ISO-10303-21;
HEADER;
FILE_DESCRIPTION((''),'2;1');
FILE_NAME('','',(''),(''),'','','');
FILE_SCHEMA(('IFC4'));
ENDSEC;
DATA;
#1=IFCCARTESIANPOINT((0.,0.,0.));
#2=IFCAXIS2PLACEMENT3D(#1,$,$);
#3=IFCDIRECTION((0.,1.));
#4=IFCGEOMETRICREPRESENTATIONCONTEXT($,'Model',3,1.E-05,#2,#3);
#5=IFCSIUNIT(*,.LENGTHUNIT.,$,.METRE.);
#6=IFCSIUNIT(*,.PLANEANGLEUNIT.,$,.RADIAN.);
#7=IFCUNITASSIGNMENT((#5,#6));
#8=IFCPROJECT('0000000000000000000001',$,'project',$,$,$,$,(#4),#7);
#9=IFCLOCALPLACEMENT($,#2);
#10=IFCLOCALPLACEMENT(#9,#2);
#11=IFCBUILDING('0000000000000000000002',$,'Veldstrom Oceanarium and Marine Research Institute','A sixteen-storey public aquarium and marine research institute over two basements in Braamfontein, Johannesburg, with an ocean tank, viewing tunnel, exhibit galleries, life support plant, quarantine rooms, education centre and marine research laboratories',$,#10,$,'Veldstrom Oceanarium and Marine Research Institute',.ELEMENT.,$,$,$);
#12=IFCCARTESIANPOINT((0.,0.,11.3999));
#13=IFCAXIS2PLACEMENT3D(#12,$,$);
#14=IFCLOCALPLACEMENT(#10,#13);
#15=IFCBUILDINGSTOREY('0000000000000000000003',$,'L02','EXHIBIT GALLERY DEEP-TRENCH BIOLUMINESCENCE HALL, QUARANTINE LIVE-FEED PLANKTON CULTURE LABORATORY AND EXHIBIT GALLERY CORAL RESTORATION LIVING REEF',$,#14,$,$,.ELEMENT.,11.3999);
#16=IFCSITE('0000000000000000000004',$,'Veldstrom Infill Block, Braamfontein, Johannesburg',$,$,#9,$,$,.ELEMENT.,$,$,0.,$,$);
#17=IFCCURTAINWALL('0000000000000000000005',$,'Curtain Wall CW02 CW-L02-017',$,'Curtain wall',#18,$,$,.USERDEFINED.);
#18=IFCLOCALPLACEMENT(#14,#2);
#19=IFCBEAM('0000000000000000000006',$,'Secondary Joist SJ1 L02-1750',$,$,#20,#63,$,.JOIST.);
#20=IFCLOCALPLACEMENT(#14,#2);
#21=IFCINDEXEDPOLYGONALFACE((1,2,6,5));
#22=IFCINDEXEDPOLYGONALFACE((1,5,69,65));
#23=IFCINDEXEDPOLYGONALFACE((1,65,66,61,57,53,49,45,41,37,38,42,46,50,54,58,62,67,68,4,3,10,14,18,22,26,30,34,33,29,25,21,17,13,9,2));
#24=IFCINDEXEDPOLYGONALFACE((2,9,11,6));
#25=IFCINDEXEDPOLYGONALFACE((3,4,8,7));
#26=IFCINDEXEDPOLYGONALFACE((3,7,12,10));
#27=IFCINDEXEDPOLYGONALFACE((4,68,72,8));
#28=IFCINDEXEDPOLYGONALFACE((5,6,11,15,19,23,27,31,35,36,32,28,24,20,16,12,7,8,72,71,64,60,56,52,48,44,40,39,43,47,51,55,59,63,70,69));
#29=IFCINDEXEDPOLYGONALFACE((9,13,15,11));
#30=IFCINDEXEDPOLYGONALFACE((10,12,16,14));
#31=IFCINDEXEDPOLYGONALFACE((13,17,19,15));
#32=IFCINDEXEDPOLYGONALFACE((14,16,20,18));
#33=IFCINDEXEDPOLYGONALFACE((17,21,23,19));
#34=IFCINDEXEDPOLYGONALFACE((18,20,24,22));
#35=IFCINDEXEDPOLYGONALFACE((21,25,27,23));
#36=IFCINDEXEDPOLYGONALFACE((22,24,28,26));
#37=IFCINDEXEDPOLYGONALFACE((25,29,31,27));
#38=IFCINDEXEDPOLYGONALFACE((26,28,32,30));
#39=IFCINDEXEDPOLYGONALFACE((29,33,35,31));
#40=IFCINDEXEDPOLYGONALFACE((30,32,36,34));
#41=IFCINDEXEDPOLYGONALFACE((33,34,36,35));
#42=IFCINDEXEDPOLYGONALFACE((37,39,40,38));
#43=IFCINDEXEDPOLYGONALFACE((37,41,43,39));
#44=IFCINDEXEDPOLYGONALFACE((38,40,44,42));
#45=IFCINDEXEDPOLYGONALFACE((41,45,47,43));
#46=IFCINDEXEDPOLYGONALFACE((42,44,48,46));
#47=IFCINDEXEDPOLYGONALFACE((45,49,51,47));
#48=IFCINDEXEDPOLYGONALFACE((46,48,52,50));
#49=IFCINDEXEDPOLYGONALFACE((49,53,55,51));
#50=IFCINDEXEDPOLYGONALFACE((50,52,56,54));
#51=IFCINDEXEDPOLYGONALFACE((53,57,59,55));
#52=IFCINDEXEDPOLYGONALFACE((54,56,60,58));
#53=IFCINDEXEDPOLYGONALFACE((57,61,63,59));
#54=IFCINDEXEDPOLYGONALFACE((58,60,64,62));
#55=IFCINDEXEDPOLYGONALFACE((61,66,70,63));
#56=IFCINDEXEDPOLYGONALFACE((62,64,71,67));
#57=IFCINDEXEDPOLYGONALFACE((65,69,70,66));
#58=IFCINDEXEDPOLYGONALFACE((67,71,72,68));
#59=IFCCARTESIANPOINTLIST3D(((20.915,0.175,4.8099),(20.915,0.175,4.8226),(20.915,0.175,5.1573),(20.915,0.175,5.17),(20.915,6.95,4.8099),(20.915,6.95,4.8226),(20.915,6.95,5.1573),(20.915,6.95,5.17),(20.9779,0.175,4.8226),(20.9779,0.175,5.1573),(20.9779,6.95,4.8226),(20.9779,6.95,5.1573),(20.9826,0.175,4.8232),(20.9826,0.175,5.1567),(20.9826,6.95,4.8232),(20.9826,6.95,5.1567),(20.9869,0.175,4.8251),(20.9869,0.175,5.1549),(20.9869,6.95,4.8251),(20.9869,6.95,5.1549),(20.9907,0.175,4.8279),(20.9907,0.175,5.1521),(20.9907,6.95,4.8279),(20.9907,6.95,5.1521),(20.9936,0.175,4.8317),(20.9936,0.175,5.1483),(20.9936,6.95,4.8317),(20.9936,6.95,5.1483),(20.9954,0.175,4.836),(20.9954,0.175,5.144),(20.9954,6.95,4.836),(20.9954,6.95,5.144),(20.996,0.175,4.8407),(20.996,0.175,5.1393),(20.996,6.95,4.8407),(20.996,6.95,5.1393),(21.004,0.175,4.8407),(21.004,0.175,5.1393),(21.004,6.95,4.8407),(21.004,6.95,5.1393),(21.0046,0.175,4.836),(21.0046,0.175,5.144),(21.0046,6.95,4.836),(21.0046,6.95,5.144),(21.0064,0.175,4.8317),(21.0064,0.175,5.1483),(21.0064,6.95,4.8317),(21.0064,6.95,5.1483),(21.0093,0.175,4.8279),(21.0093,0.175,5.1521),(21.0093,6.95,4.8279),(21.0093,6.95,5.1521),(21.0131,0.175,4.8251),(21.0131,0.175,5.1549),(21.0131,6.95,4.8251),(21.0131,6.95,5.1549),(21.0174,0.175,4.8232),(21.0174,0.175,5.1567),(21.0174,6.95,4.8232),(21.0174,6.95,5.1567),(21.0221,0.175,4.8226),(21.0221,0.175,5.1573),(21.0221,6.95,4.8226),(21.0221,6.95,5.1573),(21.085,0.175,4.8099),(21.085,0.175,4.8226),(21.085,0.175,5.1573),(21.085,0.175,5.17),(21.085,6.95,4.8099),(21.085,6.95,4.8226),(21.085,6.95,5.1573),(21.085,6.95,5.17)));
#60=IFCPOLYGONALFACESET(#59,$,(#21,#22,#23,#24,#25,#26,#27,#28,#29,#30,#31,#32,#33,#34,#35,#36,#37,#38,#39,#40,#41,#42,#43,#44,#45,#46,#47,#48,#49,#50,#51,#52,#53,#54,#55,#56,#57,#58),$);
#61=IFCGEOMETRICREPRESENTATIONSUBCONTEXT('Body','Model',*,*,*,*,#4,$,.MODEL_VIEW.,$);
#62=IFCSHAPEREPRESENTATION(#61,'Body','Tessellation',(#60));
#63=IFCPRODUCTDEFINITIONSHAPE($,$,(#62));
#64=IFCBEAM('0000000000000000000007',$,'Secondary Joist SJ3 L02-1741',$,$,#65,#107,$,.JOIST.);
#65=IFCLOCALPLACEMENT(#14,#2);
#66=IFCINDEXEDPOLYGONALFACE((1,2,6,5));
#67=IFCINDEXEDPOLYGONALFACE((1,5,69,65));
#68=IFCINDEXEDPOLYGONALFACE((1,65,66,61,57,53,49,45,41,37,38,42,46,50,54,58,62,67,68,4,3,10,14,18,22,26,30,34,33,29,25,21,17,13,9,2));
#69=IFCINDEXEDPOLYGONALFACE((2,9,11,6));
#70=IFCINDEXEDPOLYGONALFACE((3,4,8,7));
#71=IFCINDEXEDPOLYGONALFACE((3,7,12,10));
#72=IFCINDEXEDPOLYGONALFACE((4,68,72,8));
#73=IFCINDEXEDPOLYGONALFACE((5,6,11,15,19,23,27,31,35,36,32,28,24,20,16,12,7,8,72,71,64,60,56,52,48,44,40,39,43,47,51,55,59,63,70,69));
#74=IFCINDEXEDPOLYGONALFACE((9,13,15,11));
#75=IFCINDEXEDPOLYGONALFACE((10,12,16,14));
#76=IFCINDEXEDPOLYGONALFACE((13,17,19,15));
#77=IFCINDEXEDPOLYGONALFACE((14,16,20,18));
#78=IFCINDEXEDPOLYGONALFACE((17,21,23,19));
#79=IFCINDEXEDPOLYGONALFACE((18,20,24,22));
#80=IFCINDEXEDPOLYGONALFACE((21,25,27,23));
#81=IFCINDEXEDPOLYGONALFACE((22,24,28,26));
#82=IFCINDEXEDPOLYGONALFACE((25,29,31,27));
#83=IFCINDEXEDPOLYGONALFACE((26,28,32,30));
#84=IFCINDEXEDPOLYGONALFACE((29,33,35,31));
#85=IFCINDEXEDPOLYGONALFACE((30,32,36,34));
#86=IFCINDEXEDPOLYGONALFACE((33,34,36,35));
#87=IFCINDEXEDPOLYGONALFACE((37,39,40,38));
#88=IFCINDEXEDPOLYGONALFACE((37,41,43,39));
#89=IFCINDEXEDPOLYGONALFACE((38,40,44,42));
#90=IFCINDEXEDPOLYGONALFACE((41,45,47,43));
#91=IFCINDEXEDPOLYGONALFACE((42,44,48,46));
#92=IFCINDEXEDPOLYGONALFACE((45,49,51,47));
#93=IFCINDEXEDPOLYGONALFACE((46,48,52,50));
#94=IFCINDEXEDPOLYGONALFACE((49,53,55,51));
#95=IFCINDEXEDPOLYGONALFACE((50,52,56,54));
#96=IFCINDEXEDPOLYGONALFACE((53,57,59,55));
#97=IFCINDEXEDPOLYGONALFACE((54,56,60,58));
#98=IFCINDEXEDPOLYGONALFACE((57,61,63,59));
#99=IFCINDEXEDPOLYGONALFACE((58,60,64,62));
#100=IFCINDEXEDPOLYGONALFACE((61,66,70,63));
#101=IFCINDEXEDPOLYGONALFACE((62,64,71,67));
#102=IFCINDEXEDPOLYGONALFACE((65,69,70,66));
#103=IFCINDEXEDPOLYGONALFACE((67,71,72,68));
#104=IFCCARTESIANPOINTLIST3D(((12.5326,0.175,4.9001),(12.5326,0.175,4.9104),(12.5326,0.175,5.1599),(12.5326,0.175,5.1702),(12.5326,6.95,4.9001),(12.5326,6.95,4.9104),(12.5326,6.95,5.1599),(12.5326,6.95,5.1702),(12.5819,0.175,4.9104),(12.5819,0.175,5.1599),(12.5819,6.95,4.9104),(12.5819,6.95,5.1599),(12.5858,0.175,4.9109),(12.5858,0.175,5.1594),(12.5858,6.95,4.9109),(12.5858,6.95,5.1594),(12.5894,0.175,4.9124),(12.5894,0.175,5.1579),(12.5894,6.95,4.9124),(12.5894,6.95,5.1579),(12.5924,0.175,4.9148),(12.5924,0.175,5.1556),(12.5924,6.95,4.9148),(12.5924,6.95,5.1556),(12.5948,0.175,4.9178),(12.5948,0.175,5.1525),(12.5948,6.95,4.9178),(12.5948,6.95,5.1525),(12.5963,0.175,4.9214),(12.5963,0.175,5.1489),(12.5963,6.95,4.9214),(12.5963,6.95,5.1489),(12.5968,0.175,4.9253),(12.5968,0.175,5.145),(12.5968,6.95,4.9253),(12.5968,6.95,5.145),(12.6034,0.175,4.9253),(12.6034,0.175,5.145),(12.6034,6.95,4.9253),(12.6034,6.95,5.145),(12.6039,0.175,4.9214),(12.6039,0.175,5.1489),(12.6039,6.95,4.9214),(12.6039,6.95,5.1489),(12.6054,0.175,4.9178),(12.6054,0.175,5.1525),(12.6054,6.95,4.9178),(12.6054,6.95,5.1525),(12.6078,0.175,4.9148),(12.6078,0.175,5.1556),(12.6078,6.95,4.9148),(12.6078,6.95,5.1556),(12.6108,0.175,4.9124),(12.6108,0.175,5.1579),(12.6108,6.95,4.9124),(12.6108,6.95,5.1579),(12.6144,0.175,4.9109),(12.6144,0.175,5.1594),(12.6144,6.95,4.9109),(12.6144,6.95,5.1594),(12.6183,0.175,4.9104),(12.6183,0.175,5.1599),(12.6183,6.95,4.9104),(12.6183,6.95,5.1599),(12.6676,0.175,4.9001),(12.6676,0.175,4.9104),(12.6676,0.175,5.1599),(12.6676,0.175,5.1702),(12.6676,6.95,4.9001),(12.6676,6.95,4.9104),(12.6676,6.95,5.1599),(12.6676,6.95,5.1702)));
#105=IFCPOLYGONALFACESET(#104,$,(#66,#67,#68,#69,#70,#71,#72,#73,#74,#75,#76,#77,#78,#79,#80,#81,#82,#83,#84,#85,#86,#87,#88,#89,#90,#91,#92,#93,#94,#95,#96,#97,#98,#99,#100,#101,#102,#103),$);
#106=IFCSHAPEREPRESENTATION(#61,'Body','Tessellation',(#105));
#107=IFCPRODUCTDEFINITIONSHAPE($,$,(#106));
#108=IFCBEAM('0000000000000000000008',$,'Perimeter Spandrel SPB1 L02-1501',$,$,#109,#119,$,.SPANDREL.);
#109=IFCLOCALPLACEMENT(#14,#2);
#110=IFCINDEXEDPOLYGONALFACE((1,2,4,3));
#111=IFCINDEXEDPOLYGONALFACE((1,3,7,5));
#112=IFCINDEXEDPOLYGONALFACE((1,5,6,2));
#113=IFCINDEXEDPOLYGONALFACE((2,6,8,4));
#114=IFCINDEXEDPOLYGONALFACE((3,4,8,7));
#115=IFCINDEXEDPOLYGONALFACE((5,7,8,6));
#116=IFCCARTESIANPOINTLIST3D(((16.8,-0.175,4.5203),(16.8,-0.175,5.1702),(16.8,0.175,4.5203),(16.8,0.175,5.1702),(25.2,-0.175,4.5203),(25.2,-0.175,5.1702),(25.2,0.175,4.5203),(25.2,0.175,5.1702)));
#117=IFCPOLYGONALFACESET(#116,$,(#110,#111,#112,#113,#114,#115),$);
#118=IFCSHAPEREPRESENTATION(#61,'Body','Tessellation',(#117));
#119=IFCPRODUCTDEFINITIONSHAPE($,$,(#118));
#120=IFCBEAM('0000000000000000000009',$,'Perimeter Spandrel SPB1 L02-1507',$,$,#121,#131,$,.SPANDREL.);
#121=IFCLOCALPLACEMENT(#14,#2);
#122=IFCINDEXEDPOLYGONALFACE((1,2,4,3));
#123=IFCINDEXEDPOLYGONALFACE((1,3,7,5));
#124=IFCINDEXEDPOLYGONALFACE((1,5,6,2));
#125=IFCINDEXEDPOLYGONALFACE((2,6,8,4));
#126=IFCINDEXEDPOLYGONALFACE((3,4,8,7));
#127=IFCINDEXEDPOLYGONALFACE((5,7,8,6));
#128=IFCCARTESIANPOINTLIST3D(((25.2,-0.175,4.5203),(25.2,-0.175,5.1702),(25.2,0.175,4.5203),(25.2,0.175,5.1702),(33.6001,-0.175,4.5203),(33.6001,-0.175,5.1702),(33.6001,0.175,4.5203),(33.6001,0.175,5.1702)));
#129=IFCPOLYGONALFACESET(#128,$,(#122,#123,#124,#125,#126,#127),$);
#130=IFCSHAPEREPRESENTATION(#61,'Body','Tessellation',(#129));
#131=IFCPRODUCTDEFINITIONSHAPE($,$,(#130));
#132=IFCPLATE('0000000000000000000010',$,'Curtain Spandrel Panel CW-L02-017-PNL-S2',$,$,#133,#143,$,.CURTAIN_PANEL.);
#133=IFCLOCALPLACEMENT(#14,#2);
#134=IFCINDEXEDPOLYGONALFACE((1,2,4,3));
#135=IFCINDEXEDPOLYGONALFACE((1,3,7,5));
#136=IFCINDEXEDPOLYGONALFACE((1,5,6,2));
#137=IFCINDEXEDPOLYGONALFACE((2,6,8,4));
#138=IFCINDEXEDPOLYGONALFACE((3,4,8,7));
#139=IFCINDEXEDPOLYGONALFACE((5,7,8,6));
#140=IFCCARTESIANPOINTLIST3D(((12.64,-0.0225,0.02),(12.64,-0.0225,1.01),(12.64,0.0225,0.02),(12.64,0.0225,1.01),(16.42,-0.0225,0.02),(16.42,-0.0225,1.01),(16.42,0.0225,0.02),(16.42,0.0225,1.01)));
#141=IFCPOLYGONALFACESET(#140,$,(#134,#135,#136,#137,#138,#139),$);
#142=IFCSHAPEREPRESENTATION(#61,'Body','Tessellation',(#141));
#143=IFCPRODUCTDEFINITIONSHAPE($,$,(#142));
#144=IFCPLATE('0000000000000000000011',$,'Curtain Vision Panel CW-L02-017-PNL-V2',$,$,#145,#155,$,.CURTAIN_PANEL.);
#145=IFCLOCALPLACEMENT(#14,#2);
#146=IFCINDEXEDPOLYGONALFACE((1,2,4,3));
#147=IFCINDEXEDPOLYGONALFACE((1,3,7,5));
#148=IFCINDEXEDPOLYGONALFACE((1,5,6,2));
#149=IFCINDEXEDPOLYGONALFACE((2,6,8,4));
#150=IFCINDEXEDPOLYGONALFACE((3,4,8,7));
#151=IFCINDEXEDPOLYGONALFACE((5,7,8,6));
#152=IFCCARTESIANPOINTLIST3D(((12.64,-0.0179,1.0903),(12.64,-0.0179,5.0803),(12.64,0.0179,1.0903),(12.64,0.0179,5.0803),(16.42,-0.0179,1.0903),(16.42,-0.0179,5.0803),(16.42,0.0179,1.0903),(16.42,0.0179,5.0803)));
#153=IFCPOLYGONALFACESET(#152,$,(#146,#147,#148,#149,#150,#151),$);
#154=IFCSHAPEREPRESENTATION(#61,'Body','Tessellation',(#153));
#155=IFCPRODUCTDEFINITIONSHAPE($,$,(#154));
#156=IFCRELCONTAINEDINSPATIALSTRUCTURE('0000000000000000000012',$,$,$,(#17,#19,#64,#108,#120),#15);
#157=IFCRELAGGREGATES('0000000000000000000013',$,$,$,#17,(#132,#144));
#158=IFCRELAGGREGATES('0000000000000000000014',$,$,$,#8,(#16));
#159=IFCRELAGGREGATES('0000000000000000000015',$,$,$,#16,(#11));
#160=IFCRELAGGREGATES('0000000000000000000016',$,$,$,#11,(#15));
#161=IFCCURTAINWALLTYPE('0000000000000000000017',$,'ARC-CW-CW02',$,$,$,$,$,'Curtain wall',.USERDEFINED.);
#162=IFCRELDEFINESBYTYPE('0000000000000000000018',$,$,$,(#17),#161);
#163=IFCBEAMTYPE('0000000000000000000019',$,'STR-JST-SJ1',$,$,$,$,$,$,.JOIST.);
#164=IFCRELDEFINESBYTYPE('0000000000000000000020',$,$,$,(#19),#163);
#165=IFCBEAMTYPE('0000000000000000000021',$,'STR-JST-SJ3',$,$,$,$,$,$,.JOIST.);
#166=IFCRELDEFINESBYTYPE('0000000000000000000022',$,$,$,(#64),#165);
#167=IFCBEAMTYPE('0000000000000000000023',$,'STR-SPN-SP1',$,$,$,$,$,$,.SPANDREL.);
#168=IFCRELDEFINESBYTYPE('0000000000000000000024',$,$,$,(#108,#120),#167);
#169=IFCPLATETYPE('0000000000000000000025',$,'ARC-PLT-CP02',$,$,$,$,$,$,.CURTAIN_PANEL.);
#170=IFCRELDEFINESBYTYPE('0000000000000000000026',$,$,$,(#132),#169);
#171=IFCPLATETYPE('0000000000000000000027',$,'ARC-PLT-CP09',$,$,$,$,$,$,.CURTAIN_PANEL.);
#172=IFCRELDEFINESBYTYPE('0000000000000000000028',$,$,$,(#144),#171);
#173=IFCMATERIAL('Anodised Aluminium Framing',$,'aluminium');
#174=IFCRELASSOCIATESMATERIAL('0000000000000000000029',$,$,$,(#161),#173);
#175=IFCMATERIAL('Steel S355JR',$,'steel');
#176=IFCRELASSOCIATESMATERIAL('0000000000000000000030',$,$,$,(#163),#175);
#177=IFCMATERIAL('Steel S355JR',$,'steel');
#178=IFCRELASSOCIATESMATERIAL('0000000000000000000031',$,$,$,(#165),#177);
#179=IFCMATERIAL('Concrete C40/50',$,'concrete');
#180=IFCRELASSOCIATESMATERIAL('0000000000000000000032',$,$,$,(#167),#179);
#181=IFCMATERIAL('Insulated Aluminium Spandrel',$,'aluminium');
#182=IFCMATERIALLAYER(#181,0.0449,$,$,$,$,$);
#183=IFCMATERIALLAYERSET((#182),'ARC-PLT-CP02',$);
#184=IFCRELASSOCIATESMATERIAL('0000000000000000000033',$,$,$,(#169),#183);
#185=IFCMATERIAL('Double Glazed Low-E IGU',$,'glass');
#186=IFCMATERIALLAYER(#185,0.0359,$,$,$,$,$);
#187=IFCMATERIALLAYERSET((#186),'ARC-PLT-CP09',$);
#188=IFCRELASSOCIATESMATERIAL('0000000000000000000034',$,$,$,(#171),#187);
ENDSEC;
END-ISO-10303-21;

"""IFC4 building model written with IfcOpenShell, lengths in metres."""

from ifc_helpers import new_model, si_unit, direction, frame, origin, origin_2d, place, context, subcontext, project, spatial, rectangle, i_section, extrude, material, layer, layer_set, material_profile, profile_set, type_object, element, aggregate, save


model = new_model("IFC4")

# Units and contexts
model_context = context("Model", 3, precision=1e-05, world=origin(), true_north=direction((0.0, 1.0)))
body_context = subcontext(model_context, "Body", "Model", "MODEL_VIEW")
ifc_project = project(units=[si_unit("LENGTHUNIT", "METRE"), si_unit("PLANEANGLEUNIT", "RADIAN")], contexts=[model_context])

# Site, building, storey
site_placement = place(None, origin())
site = spatial("IfcSite", under=ifc_project, at=site_placement, Name="Veldstrom Infill Block, Braamfontein, Johannesburg", CompositionType="ELEMENT", RefElevation=0.0)
building_placement = place(site_placement, origin())
building = spatial("IfcBuilding", under=site, at=building_placement, Name="Veldstrom Oceanarium and Marine Research Institute", Description="A sixteen-storey public aquarium and marine research institute over two basements in Braamfontein, Johannesburg, with an ocean tank, viewing tunnel, exhibit galleries, life support plant, quarantine rooms, education centre and marine research laboratories", LongName="Veldstrom Oceanarium and Marine Research Institute", CompositionType="ELEMENT")
storey_placement = place(building_placement, frame((0.0, 0.0, 11.3999)))
storey = spatial("IfcBuildingStorey", under=building, at=storey_placement, Name="L02", Description="EXHIBIT GALLERY DEEP-TRENCH BIOLUMINESCENCE HALL, QUARANTINE LIVE-FEED PLANKTON CULTURE LABORATORY AND EXHIBIT GALLERY CORAL RESTORATION LIVING REEF", CompositionType="ELEMENT", Elevation=11.3999)

# Curtain wall
ifc_material_1 = material(Name="Anodised Aluminium Framing", Category="aluminium")
curtain_wall_type = type_object("IfcCurtainWallType", Name="ARC-CW-CW02", ElementType="Curtain wall", PredefinedType="USERDEFINED", material=ifc_material_1)
curtain_wall_placement = place(storey_placement, origin())
curtain_wall = element("IfcCurtainWall", 1, at=curtain_wall_placement, inside=storey, type_object=curtain_wall_type, Name="Curtain Wall CW02 CW-L02-017", ObjectType="Curtain wall", PredefinedType="USERDEFINED")

# Beams
ifc_material_2 = material(Name="Steel S355JR", Category="steel")
ifc_material_profile_1 = material_profile(ifc_material_2, i_section(OverallWidth=0.1699, OverallDepth=0.3601, WebThickness=0.0081, FlangeThickness=0.0127, FilletRadius=0.0181, at=origin_2d()), Name="IPE 360")
ifc_profile_set_1 = profile_set([ifc_material_profile_1], Name="Steel S355JR")
beam_type_1 = type_object("IfcBeamType", Name="STR-JST-SJ1", PredefinedType="JOIST", material=ifc_profile_set_1)
beam_1_placement = place(storey_placement, frame((21.0, 0.175, 4.99), z_axis=(0.0, 1.0, 0.0), x_axis=(-1.0, 0.0, 0.0)))
element("IfcBeam", 2, at=beam_1_placement, inside=storey, type_object=beam_type_1, Name="Secondary Joist SJ1 L02-1750", PredefinedType="JOIST", context=body_context, shape_type="SweptSolid", body=[
    extrude(i_section(OverallWidth=0.1699, OverallDepth=0.3601, WebThickness=0.0081, FlangeThickness=0.0127, FilletRadius=0.0181, at=origin_2d()), origin(), (0.0, 0.0, 1.0), 6.7749),
])
ifc_material_3 = material(Name="Steel S355JR", Category="steel")
ifc_material_profile_2 = material_profile(ifc_material_3, i_section(OverallWidth=0.135, OverallDepth=0.27, WebThickness=0.0066, FlangeThickness=0.0103, FilletRadius=0.0149, at=origin_2d()), Name="IPE 270")
ifc_profile_set_2 = profile_set([ifc_material_profile_2], Name="Steel S355JR")
beam_type_2 = type_object("IfcBeamType", Name="STR-JST-SJ3", PredefinedType="JOIST", material=ifc_profile_set_2)
beam_2_placement = place(storey_placement, frame((12.6001, 0.175, 5.0352), z_axis=(0.0, 1.0, 0.0), x_axis=(-1.0, 0.0, 0.0)))
element("IfcBeam", 3, at=beam_2_placement, inside=storey, type_object=beam_type_2, Name="Secondary Joist SJ3 L02-1741", PredefinedType="JOIST", context=body_context, shape_type="SweptSolid", body=[
    extrude(i_section(OverallWidth=0.135, OverallDepth=0.27, WebThickness=0.0066, FlangeThickness=0.0103, FilletRadius=0.0149, at=origin_2d()), origin(), (0.0, 0.0, 1.0), 6.7749),
])
ifc_material_4 = material(Name="Concrete C40/50", Category="concrete")
ifc_material_profile_3 = material_profile(ifc_material_4, rectangle(XDim=0.3501, YDim=0.6499, at=origin_2d()), Name="RC-SPN-350x650")
ifc_profile_set_3 = profile_set([ifc_material_profile_3], Name="Concrete C40/50")
beam_type_3 = type_object("IfcBeamType", Name="STR-SPN-SP1", PredefinedType="SPANDREL", material=ifc_profile_set_3)
beam_3_placement = place(storey_placement, frame((16.8, 0.0, 4.8452), z_axis=(1.0, 0.0, 0.0), x_axis=(0.0, 1.0, 0.0)))
element("IfcBeam", 4, at=beam_3_placement, inside=storey, type_object=beam_type_3, Name="Perimeter Spandrel SPB1 L02-1501", PredefinedType="SPANDREL", context=body_context, shape_type="SweptSolid", body=[
    extrude(rectangle(XDim=0.3501, YDim=0.6499, at=origin_2d()), origin(), (0.0, 0.0, 1.0), 8.3999),
])
beam_4_placement = place(storey_placement, frame((25.2, 0.0, 4.8452), z_axis=(1.0, 0.0, 0.0), x_axis=(0.0, 1.0, 0.0)))
element("IfcBeam", 5, at=beam_4_placement, inside=storey, type_object=beam_type_3, Name="Perimeter Spandrel SPB1 L02-1507", PredefinedType="SPANDREL", context=body_context, shape_type="SweptSolid", body=[
    extrude(rectangle(XDim=0.3501, YDim=0.6499, at=origin_2d()), origin(), (0.0, 0.0, 1.0), 8.4001),
])

# Plates
ifc_material_5 = material(Name="Insulated Aluminium Spandrel", Category="aluminium")
ifc_layer_1 = layer(ifc_material_5, 0.0449)
ifc_layer_set_1 = layer_set([ifc_layer_1], Name="ARC-PLT-CP02")
plate_type_1 = type_object("IfcPlateType", Name="ARC-PLT-CP02", PredefinedType="CURTAIN_PANEL", material=ifc_layer_set_1)
plate_1_placement = place(storey_placement, frame((14.53, 0.0, 0.02), z_axis=(0.0, 0.0, 1.0), x_axis=(1.0, 0.0, 0.0)))
plate_1 = element("IfcPlate", 6, at=plate_1_placement, type_object=plate_type_1, Name="Curtain Spandrel Panel CW-L02-017-PNL-S2", PredefinedType="CURTAIN_PANEL", context=body_context, shape_type="SweptSolid", body=[
    extrude(rectangle(XDim=3.78, YDim=0.0449, at=origin_2d()), origin(), (0.0, 0.0, 1.0), 0.99),
])
ifc_material_6 = material(Name="Double Glazed Low-E IGU", Category="glass")
ifc_layer_2 = layer(ifc_material_6, 0.0359)
ifc_layer_set_2 = layer_set([ifc_layer_2], Name="ARC-PLT-CP09")
plate_type_2 = type_object("IfcPlateType", Name="ARC-PLT-CP09", PredefinedType="CURTAIN_PANEL", material=ifc_layer_set_2)
plate_2_placement = place(storey_placement, frame((14.53, 0.0, 1.0903), z_axis=(0.0, 0.0, 1.0), x_axis=(1.0, 0.0, 0.0)))
plate_2 = element("IfcPlate", 7, at=plate_2_placement, type_object=plate_type_2, Name="Curtain Vision Panel CW-L02-017-PNL-V2", PredefinedType="CURTAIN_PANEL", context=body_context, shape_type="SweptSolid", body=[
    extrude(rectangle(XDim=3.78, YDim=0.0359, at=origin_2d()), origin(), (0.0, 0.0, 1.0), 3.99),
])
aggregate(curtain_wall, [plate_1, plate_2])

save(model, "model.ifc")
